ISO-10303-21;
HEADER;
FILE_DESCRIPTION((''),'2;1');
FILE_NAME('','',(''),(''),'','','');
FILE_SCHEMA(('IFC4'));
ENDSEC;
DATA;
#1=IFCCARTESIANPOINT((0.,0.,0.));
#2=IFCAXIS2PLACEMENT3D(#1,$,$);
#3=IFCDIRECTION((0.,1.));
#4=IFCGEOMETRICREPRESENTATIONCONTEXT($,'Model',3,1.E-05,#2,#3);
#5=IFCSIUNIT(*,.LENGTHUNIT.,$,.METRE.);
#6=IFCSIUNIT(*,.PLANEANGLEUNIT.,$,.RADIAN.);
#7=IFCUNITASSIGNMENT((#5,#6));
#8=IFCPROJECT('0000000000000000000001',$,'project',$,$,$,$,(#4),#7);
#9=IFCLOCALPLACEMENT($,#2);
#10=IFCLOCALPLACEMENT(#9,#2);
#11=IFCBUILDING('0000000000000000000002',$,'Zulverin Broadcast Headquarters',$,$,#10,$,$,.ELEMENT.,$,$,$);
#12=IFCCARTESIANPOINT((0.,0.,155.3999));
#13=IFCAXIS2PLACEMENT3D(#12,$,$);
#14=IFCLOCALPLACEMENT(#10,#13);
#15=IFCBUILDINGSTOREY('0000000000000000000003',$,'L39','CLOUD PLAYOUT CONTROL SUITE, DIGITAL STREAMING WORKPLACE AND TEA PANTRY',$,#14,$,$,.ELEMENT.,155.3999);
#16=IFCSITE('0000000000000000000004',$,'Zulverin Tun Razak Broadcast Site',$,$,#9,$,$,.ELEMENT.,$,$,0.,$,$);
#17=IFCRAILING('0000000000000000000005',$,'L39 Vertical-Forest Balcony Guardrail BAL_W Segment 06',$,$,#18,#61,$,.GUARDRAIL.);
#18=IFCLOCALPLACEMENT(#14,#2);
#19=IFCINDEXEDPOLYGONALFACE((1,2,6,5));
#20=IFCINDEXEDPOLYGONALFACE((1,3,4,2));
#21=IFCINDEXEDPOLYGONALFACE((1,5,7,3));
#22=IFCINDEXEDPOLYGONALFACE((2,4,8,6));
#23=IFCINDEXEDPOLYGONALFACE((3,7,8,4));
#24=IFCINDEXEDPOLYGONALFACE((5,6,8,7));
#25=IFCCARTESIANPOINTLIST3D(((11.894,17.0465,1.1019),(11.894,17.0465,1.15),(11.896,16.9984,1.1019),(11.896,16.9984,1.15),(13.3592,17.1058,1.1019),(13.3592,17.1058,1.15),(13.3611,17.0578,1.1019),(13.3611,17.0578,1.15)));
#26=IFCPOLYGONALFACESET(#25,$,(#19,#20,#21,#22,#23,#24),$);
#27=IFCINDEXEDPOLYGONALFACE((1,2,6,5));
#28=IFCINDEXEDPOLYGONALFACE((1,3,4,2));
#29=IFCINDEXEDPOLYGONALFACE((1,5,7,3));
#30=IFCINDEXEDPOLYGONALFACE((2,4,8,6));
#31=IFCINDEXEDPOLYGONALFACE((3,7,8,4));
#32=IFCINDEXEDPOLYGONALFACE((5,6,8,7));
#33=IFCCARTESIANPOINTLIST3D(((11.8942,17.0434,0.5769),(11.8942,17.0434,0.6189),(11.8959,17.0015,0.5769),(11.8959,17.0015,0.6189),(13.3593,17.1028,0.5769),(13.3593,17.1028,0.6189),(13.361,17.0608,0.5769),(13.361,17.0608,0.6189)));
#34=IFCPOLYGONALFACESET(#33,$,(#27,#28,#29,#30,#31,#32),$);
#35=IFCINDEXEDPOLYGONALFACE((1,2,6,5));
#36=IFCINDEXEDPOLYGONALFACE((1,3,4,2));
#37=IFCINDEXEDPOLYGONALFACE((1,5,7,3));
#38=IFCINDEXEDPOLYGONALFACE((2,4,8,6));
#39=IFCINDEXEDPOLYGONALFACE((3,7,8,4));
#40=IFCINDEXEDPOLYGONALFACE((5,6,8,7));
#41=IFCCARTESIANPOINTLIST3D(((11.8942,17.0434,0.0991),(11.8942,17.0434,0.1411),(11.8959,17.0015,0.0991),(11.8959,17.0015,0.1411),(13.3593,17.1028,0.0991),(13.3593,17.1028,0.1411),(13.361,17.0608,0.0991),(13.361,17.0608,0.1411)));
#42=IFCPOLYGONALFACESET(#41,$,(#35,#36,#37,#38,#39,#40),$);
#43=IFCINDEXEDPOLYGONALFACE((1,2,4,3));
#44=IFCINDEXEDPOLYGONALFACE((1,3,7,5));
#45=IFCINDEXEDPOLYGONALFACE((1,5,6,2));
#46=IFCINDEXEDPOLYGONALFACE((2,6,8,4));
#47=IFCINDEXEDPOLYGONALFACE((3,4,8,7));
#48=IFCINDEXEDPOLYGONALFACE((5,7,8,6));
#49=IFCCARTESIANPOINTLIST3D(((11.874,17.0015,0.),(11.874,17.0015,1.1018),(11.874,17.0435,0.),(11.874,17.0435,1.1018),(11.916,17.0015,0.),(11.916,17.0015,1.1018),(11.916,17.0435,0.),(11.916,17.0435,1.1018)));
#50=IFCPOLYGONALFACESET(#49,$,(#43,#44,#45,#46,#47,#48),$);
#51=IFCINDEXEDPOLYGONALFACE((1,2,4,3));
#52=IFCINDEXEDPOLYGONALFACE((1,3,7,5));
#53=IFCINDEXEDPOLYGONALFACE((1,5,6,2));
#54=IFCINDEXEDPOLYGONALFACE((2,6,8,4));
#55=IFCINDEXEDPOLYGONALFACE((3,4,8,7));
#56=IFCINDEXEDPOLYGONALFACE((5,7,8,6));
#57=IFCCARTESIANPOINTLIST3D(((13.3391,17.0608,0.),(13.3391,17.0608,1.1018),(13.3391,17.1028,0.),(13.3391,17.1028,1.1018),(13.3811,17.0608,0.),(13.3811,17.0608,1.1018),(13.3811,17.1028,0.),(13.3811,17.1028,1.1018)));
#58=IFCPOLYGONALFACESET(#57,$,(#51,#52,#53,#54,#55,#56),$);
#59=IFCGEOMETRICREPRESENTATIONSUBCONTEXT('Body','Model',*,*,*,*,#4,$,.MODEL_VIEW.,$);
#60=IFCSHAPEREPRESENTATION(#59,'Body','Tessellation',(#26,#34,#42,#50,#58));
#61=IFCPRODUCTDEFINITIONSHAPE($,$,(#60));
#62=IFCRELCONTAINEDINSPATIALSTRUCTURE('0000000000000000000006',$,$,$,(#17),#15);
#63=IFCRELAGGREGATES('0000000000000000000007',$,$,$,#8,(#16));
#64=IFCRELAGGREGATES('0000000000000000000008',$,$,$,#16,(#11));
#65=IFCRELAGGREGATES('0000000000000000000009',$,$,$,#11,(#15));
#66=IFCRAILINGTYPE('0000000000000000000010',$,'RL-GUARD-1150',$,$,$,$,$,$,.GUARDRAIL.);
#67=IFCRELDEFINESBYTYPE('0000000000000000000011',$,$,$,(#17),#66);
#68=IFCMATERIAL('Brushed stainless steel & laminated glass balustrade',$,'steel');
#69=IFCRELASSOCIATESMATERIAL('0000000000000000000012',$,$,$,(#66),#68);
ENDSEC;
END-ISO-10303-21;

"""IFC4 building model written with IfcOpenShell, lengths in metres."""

from ifc_helpers import new_model, si_unit, direction, frame, origin, origin_2d, place, context, subcontext, project, spatial, rectangle, extrude, material, type_object, element, save


model = new_model("IFC4")

# Units and contexts
model_context = context("Model", 3, precision=1e-05, world=origin(), true_north=direction((0.0, 1.0)))
body_context = subcontext(model_context, "Body", "Model", "MODEL_VIEW")
ifc_project = project(units=[si_unit("LENGTHUNIT", "METRE"), si_unit("PLANEANGLEUNIT", "RADIAN")], contexts=[model_context])

# Site, building, storey
site_placement = place(None, origin())
site = spatial("IfcSite", under=ifc_project, at=site_placement, Name="Zulverin Tun Razak Broadcast Site", CompositionType="ELEMENT", RefElevation=0.0)
building_placement = place(site_placement, origin())
building = spatial("IfcBuilding", under=site, at=building_placement, Name="Zulverin Broadcast Headquarters", CompositionType="ELEMENT")
storey_placement = place(building_placement, frame((0.0, 0.0, 155.3999)))
storey = spatial("IfcBuildingStorey", under=building, at=storey_placement, Name="L39", Description="CLOUD PLAYOUT CONTROL SUITE, DIGITAL STREAMING WORKPLACE AND TEA PANTRY", CompositionType="ELEMENT", Elevation=155.3999)

# Railing
ifc_material_1 = material(Name="Brushed stainless steel & laminated glass balustrade", Category="steel")
railing_type = type_object("IfcRailingType", Name="RL-GUARD-1150", PredefinedType="GUARDRAIL", material=ifc_material_1)
railing_1_placement = place(storey_placement, frame((11.895, 17.0225, 0.0)))
element("IfcRailing", 1, at=railing_1_placement, inside=storey, type_object=railing_type, Name="L39 Vertical-Forest Balcony Guardrail BAL_W Segment 06", PredefinedType="GUARDRAIL", context=body_context, shape_type="SweptSolid", body=[
    extrude(rectangle(XDim=0.0481, YDim=0.0481, at=origin_2d()), frame((0.0, 0.0, 1.126), z_axis=(0.999181, 0.04046, 0.0), x_axis=(-0.04046, 0.999181, 0.0)), (0.0, 0.0, 1.0), 1.4663),
    extrude(rectangle(XDim=0.042, YDim=0.042, at=origin_2d()), frame((0.0, 0.0, 0.5979), z_axis=(0.999181, 0.04046, 0.0), x_axis=(-0.04046, 0.999181, 0.0)), (0.0, 0.0, 1.0), 1.4663),
    extrude(rectangle(XDim=0.042, YDim=0.042, at=origin_2d()), frame((0.0, 0.0, 0.1201), z_axis=(0.999181, 0.04046, 0.0), x_axis=(-0.04046, 0.999181, 0.0)), (0.0, 0.0, 1.0), 1.4663),
    extrude(rectangle(XDim=0.042, YDim=0.042, at=origin_2d()), origin(), (0.0, 0.0, 1.0), 1.1018),
    extrude(rectangle(XDim=0.042, YDim=0.042, at=origin_2d()), frame((1.4651, 0.0593, 0.0)), (0.0, 0.0, 1.0), 1.1018),
])

save(model, "model.ifc")
